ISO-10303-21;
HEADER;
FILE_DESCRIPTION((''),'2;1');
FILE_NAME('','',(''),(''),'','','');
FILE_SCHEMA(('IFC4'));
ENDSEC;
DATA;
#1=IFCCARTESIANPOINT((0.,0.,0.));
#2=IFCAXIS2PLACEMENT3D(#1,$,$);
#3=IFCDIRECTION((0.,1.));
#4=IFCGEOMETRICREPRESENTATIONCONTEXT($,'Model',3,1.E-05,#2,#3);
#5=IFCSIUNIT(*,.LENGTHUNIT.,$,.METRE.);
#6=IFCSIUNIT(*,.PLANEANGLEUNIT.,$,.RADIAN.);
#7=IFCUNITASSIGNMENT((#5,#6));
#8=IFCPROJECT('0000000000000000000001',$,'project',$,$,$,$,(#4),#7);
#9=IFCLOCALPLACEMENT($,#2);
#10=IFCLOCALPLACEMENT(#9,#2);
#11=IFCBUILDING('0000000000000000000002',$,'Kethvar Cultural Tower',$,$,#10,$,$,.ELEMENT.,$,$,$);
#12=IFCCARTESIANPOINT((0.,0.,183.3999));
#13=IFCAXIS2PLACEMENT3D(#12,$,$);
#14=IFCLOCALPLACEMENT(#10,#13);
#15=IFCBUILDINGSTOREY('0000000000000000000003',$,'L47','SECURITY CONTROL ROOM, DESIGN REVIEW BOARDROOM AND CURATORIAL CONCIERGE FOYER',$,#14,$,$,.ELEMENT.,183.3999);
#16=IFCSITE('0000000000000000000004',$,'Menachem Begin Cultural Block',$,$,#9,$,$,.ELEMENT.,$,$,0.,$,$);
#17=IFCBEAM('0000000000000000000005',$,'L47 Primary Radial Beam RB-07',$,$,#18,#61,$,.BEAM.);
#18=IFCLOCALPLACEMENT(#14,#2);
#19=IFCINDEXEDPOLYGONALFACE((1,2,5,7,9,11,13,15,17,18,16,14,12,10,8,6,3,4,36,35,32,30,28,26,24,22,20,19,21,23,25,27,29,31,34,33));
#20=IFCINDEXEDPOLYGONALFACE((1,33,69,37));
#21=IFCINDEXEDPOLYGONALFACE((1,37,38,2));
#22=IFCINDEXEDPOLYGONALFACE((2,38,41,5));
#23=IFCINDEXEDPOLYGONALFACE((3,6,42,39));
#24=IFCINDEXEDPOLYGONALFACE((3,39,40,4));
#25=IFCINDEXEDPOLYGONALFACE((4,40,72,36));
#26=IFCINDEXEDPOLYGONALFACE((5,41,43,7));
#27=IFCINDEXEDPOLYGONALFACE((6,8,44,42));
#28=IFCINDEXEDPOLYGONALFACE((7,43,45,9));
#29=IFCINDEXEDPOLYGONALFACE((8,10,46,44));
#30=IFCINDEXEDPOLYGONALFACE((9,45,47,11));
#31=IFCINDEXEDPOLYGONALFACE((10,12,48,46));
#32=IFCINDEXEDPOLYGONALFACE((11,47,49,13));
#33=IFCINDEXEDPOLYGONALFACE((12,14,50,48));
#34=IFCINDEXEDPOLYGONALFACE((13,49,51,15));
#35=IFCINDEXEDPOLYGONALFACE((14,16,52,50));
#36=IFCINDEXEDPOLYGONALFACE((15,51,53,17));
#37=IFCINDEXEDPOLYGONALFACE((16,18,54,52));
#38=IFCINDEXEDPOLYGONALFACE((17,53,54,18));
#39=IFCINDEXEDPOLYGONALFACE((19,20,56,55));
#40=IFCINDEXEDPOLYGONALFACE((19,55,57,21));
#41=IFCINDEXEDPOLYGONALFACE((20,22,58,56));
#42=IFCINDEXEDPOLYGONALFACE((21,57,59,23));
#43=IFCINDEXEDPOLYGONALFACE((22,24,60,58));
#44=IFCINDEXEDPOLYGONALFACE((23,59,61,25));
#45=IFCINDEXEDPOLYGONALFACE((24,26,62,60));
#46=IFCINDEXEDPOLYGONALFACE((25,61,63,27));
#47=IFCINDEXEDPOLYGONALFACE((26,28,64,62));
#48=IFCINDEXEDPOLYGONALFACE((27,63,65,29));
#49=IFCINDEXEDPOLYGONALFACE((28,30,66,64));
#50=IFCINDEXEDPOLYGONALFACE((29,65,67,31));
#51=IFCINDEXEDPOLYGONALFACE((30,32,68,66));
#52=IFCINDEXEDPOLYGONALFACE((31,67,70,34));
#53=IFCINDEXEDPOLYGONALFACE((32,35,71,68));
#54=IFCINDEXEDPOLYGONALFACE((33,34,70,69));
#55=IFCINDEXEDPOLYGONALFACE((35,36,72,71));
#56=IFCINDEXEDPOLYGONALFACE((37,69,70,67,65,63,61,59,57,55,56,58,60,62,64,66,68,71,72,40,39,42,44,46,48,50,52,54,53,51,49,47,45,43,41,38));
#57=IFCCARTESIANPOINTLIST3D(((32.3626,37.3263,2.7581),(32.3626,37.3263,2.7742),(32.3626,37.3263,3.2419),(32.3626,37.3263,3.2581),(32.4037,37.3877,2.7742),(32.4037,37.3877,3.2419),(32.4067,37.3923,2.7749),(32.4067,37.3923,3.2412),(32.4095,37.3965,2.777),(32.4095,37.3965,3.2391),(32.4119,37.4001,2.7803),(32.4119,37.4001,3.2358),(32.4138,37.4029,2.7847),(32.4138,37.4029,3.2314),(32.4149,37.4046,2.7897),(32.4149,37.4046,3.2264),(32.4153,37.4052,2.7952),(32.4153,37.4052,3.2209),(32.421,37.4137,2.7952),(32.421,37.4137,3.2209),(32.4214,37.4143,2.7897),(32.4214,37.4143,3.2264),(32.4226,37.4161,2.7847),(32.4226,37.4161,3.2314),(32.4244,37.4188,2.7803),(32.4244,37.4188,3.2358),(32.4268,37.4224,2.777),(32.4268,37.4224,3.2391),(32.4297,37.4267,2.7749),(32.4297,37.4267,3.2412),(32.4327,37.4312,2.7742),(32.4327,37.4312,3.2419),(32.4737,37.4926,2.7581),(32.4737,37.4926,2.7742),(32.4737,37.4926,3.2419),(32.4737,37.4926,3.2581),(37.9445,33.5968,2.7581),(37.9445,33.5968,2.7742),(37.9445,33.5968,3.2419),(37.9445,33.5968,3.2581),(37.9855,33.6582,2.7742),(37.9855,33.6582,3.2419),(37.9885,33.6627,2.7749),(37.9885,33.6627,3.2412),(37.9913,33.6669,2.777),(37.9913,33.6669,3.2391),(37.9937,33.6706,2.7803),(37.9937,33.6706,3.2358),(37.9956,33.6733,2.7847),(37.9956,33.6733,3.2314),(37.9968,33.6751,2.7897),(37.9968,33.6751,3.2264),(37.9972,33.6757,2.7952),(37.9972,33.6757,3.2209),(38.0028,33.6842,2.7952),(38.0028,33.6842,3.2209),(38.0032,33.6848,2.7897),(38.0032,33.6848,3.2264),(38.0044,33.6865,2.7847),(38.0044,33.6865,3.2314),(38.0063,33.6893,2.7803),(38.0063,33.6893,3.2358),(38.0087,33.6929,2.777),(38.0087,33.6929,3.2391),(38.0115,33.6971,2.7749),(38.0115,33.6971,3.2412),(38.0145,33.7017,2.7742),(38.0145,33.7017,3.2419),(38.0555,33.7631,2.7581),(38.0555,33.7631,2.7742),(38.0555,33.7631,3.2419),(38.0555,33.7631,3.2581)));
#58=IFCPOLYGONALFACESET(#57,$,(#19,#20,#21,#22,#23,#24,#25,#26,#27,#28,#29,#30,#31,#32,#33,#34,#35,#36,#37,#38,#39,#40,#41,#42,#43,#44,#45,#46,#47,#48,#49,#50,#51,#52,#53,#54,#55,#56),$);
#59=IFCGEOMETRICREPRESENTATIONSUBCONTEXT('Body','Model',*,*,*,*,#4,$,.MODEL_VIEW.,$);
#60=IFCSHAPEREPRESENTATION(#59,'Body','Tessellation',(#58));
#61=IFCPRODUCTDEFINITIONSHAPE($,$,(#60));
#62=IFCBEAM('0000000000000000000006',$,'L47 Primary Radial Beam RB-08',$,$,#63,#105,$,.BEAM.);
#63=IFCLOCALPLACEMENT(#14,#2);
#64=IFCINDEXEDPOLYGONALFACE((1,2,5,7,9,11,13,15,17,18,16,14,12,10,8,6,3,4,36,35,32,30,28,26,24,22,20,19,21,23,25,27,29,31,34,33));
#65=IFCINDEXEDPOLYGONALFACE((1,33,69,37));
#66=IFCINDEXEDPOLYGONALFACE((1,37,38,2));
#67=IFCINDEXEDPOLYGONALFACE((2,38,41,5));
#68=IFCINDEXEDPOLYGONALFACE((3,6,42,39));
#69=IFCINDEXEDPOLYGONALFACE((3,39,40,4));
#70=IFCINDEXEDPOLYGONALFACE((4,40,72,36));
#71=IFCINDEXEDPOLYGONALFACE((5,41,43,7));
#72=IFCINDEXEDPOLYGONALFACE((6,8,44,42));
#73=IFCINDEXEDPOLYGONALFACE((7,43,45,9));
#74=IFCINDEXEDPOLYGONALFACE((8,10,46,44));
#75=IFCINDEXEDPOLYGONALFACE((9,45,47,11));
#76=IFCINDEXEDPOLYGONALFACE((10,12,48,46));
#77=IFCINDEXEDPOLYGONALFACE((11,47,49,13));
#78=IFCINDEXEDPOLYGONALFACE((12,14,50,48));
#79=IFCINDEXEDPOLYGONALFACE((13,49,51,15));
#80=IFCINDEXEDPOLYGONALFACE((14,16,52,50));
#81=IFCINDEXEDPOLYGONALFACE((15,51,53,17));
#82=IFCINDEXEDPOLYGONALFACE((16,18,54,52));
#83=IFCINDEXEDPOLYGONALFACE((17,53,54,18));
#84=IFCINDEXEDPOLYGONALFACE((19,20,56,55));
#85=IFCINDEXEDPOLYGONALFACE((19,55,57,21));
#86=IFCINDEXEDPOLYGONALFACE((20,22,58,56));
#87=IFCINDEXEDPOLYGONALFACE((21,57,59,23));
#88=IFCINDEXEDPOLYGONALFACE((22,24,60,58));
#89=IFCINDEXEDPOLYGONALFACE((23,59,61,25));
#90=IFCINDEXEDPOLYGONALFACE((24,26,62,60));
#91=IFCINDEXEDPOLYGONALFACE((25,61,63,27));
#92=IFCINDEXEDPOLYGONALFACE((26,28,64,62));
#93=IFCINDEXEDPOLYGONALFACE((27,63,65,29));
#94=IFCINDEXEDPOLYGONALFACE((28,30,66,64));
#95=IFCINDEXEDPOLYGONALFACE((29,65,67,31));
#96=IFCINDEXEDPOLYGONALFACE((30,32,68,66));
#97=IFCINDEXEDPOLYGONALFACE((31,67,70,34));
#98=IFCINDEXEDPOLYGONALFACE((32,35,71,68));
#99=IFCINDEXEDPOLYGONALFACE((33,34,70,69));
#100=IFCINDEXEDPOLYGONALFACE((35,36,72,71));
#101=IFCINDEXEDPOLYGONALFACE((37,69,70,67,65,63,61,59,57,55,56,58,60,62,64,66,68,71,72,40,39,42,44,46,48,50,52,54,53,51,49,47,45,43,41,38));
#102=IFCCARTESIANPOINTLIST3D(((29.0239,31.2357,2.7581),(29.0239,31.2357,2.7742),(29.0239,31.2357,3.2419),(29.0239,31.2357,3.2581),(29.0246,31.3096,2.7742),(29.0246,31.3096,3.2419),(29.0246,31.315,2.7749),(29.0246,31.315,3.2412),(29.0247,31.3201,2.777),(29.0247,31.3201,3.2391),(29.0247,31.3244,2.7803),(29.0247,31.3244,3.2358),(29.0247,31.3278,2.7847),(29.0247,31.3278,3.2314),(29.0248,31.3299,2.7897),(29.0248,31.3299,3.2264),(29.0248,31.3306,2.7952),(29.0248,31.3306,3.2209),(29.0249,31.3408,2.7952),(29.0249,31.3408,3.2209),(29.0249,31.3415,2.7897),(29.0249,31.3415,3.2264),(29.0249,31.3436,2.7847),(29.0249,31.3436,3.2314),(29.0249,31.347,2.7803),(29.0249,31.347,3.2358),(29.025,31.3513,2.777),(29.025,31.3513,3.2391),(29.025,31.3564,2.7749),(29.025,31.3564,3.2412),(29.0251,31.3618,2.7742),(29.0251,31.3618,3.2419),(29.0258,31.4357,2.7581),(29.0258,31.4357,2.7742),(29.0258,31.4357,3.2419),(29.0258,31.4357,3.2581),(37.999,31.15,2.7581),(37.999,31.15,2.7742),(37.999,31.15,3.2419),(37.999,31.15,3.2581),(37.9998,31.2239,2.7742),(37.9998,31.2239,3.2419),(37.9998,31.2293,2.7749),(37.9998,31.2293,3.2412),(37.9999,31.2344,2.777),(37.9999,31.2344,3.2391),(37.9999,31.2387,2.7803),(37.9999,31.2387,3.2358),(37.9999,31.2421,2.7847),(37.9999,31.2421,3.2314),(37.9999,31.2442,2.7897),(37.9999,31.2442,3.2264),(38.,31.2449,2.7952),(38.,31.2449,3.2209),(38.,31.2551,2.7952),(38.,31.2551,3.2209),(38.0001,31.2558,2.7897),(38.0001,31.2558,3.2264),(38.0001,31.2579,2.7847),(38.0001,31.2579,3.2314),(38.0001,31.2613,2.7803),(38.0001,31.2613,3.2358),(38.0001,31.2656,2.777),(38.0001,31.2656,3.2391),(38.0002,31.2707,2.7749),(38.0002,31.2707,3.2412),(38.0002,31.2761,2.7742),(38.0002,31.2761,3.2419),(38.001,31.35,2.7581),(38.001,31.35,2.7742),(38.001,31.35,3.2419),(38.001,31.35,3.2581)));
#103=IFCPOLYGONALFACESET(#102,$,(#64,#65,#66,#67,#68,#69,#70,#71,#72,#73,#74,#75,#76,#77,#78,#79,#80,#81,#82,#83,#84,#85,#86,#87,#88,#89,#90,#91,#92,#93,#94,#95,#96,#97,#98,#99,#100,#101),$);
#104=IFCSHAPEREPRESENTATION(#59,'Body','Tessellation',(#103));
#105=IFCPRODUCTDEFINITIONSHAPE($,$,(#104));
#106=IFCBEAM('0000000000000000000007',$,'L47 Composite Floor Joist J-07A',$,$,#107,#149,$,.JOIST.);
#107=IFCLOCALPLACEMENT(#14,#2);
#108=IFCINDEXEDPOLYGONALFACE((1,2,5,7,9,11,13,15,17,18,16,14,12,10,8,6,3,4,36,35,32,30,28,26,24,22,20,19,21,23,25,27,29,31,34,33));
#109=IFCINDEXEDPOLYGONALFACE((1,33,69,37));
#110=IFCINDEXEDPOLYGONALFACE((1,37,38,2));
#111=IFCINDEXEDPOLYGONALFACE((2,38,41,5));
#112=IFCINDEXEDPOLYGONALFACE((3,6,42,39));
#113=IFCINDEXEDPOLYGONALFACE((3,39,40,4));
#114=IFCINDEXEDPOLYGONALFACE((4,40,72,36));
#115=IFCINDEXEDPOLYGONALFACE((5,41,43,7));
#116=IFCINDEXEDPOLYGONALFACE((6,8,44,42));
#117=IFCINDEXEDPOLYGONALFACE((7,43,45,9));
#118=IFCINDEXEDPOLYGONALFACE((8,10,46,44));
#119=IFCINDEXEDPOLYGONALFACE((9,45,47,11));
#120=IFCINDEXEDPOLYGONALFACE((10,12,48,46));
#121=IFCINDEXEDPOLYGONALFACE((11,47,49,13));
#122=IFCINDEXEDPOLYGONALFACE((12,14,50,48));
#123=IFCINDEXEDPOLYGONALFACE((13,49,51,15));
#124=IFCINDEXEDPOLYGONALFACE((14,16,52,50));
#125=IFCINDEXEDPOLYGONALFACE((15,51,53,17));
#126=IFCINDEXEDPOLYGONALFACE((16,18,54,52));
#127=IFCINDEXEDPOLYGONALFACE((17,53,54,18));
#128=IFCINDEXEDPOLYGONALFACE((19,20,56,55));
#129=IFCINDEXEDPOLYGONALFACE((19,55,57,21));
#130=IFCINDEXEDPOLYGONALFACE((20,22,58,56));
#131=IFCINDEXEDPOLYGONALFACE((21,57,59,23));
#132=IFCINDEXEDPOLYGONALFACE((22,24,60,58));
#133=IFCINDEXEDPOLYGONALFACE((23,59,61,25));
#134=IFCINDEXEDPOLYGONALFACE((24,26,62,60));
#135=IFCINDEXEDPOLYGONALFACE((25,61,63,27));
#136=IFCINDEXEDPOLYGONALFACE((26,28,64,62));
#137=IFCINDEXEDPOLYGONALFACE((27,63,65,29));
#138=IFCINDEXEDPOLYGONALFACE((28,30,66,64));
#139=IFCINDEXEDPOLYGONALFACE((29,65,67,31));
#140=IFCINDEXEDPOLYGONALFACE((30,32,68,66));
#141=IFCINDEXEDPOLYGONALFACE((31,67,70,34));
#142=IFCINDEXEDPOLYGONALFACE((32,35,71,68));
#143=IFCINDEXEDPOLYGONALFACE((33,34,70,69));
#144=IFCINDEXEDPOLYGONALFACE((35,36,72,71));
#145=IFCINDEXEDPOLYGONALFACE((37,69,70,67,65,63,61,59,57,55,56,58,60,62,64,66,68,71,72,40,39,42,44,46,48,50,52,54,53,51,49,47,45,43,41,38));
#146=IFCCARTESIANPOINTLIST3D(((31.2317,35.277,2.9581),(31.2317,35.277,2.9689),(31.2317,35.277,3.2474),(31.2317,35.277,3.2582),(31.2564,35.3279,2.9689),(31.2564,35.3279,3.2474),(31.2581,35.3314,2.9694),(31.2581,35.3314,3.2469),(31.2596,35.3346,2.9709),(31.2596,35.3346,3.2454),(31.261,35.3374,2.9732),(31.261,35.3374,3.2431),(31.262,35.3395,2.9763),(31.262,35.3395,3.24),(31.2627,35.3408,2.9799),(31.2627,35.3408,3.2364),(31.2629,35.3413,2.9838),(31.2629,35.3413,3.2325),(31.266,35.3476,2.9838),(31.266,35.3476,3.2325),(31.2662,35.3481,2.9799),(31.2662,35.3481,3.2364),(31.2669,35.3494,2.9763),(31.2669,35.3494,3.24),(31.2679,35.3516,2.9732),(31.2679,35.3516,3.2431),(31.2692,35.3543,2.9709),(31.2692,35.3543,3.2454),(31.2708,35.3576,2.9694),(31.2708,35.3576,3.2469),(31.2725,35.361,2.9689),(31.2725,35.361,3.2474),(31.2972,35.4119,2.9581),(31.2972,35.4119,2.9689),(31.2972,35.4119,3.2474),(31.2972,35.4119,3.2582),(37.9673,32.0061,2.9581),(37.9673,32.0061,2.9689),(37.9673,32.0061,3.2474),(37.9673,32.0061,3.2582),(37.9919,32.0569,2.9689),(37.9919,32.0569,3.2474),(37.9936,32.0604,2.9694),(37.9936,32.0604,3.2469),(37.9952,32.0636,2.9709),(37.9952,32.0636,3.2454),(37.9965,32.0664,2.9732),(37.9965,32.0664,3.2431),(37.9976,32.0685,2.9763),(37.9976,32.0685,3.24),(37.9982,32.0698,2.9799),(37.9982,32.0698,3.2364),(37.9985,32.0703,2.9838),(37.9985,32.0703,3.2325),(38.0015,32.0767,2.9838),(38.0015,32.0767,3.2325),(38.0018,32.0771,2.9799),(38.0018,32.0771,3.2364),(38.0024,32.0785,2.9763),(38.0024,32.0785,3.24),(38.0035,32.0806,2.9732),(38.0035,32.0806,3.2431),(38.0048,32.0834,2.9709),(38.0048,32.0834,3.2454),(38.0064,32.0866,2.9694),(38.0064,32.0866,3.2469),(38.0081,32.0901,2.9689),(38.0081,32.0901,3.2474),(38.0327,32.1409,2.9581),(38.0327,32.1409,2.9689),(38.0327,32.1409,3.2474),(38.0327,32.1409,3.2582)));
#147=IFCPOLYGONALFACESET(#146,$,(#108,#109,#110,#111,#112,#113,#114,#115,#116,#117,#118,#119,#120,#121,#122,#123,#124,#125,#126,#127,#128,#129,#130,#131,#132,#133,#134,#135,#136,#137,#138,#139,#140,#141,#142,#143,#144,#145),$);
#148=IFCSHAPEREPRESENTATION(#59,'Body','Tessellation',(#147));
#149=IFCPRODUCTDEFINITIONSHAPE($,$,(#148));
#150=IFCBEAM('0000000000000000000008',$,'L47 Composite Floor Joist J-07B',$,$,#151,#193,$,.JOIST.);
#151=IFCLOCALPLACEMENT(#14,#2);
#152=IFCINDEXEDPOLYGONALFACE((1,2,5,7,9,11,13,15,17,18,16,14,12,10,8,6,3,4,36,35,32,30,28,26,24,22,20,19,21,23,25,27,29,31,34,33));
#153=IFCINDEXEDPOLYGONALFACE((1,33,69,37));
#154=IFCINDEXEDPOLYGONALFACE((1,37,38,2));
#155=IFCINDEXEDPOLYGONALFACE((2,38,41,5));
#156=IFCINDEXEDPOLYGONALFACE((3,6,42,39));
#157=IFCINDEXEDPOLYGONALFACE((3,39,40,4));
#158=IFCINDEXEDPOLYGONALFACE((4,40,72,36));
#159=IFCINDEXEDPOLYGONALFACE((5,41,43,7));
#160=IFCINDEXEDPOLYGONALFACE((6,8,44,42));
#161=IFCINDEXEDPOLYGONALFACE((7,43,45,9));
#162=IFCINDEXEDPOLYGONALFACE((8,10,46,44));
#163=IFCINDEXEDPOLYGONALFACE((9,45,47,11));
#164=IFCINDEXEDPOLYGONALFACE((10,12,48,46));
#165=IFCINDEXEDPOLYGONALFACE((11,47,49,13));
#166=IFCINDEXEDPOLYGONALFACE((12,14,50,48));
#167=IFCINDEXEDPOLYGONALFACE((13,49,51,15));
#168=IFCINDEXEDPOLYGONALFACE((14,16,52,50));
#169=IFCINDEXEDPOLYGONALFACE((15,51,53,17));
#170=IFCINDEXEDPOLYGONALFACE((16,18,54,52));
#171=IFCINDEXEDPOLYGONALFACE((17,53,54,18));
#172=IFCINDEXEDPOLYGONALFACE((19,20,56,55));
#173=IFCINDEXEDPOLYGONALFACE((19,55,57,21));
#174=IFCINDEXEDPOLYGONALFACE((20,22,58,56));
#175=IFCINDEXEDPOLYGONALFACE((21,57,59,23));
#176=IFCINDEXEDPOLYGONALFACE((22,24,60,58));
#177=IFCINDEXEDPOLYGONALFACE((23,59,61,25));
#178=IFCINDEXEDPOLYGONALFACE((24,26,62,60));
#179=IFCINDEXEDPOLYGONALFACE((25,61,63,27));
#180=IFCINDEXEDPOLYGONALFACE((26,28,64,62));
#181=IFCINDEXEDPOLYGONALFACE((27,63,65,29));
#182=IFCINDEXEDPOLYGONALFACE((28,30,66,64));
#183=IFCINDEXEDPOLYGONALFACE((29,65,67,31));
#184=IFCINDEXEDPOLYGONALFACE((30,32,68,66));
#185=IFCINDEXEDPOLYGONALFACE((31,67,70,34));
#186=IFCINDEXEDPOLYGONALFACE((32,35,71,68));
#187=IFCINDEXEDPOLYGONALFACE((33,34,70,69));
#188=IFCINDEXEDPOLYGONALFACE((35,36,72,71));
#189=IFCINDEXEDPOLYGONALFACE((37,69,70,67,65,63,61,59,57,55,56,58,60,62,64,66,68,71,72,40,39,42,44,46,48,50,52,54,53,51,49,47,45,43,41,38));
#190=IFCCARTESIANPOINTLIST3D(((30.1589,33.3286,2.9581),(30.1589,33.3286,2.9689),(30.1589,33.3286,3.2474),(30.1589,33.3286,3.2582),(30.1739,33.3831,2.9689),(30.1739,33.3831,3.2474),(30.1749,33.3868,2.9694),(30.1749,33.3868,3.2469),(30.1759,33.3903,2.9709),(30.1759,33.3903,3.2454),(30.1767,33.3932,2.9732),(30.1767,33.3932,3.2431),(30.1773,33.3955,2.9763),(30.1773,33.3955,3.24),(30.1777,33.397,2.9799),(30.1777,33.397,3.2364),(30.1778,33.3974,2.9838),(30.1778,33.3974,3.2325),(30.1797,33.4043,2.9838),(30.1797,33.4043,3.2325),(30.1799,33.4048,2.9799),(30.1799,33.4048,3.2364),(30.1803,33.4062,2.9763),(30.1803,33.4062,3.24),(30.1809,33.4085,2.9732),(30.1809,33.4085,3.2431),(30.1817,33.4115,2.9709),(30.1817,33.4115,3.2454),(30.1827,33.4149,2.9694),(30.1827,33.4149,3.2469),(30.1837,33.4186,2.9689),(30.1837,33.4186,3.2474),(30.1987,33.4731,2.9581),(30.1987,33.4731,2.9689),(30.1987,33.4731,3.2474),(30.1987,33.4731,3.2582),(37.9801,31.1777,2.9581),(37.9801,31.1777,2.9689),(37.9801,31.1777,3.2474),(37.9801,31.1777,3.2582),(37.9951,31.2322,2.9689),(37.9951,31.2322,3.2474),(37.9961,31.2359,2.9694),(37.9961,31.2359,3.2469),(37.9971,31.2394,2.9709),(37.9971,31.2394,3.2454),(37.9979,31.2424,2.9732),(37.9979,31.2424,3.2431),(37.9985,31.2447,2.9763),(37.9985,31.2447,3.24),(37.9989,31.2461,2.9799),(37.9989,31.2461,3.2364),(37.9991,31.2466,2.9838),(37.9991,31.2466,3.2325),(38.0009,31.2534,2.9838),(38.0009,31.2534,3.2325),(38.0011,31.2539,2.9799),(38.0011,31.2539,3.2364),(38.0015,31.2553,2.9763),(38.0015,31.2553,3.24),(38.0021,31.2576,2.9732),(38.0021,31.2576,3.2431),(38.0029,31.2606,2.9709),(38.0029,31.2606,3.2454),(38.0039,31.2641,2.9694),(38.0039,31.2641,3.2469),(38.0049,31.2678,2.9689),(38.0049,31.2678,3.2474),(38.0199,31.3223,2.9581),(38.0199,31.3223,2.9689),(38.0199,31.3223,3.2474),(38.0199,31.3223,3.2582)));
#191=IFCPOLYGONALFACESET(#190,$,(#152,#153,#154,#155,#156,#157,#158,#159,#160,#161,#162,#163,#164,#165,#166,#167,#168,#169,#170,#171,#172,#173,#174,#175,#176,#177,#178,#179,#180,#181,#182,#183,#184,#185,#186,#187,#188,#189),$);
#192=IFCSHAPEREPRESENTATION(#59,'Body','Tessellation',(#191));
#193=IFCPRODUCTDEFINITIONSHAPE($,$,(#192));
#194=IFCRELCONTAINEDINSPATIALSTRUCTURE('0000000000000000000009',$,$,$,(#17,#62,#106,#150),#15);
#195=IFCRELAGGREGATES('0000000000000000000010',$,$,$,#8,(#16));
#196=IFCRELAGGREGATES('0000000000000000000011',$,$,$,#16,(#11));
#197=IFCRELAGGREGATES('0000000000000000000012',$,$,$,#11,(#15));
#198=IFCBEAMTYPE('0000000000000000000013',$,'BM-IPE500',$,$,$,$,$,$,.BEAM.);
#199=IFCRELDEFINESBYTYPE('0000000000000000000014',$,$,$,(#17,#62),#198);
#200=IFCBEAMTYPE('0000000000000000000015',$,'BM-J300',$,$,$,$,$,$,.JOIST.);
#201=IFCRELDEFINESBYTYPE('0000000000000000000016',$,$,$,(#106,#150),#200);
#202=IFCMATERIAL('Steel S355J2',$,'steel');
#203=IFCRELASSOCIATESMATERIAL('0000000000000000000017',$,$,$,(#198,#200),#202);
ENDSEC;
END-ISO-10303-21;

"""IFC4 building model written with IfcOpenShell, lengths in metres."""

from ifc_helpers import new_model, si_unit, direction, frame, origin, origin_2d, place, context, subcontext, project, spatial, i_section, extrude, source, transform, mapped, material, material_profile, profile_set, type_object, element, save


model = new_model("IFC4")

# Units and contexts
model_context = context("Model", 3, precision=1e-05, world=origin(), true_north=direction((0.0, 1.0)))
body_context = subcontext(model_context, "Body", "Model", "MODEL_VIEW")
ifc_project = project(units=[si_unit("LENGTHUNIT", "METRE"), si_unit("PLANEANGLEUNIT", "RADIAN")], contexts=[model_context])

# Site, building, storey
site_placement = place(None, origin())
site = spatial("IfcSite", under=ifc_project, at=site_placement, Name="Menachem Begin Cultural Block", CompositionType="ELEMENT", RefElevation=0.0)
building_placement = place(site_placement, origin())
building = spatial("IfcBuilding", under=site, at=building_placement, Name="Kethvar Cultural Tower", CompositionType="ELEMENT")
storey_placement = place(building_placement, frame((0.0, 0.0, 183.3999)))
storey = spatial("IfcBuildingStorey", under=building, at=storey_placement, Name="L47", Description="SECURITY CONTROL ROOM, DESIGN REVIEW BOARDROOM AND CURATORIAL CONCIERGE FOYER", CompositionType="ELEMENT", Elevation=183.3999)

# Beams
ifc_material_1 = material(Name="Steel S355J2", Category="steel")
ifc_material_profile_1 = material_profile(ifc_material_1, i_section(OverallWidth=0.2, OverallDepth=0.5, WebThickness=0.0103, FlangeThickness=0.0161, FilletRadius=0.021, at=origin_2d()), Name="Steel S355J2 — IPE500")
ifc_profile_set_1 = profile_set([ifc_material_profile_1], Name="Steel S355J2 — IPE500")
beam_type_1 = type_object("IfcBeamType", Name="BM-IPE500", PredefinedType="BEAM", material=ifc_profile_set_1)
shared_shape_1 = source(origin(), body_context, "Body", "SweptSolid", [
    extrude(i_section(OverallWidth=0.2, OverallDepth=0.5, WebThickness=0.0103, FlangeThickness=0.0161, FilletRadius=0.021, at=origin_2d()), origin(), (0.0, 0.0, 1.0), 6.7131),
])
beam_1_placement = place(storey_placement, frame((38.0, 33.6799, 3.0081), z_axis=(-0.831479, 0.555556, 0.0), x_axis=(-0.555556, -0.831479, 0.0)))
element("IfcBeam", 1, at=beam_1_placement, inside=storey, type_object=beam_type_1, Name="L47 Primary Radial Beam RB-07", PredefinedType="BEAM", context=body_context, shape_type="MappedRepresentation", body=[
    mapped(shared_shape_1, transform((0.0, 0.0, 0.0), scale=1.0)),
])
shared_shape_2 = source(origin(), body_context, "Body", "SweptSolid", [
    extrude(i_section(OverallWidth=0.2, OverallDepth=0.5, WebThickness=0.0103, FlangeThickness=0.0161, FilletRadius=0.021, at=origin_2d()), origin(), (0.0, 0.0, 1.0), 8.9756),
])
beam_2_placement = place(storey_placement, frame((38.0, 31.25, 3.0081), z_axis=(-0.999954, 0.009547, 0.0), x_axis=(-0.009547, -0.999954, 0.0)))
element("IfcBeam", 2, at=beam_2_placement, inside=storey, type_object=beam_type_1, Name="L47 Primary Radial Beam RB-08", PredefinedType="BEAM", context=body_context, shape_type="MappedRepresentation", body=[
    mapped(shared_shape_2, transform((0.0, 0.0, 0.0), scale=1.0)),
])
ifc_material_profile_2 = material_profile(ifc_material_1, i_section(OverallWidth=0.1499, OverallDepth=0.3, WebThickness=0.0071, FlangeThickness=0.0107, FilletRadius=0.0149, at=origin_2d()), Name="Steel S355J2 — IPE300")
ifc_profile_set_2 = profile_set([ifc_material_profile_2], Name="Steel S355J2 — IPE300")
beam_type_2 = type_object("IfcBeamType", Name="BM-J300", PredefinedType="JOIST", material=ifc_profile_set_2)
shared_shape_3 = source(origin(), body_context, "Body", "SweptSolid", [
    extrude(i_section(OverallWidth=0.1499, OverallDepth=0.3, WebThickness=0.0071, FlangeThickness=0.0107, FilletRadius=0.0149, at=origin_2d()), origin(), (0.0, 0.0, 1.0), 7.4878),
])
beam_3_placement = place(storey_placement, frame((38.0, 32.0735, 3.1082), z_axis=(-0.899539, 0.436841, 0.0), x_axis=(-0.436841, -0.899539, 0.0)))
element("IfcBeam", 3, at=beam_3_placement, inside=storey, type_object=beam_type_2, Name="L47 Composite Floor Joist J-07A", PredefinedType="JOIST", context=body_context, shape_type="MappedRepresentation", body=[
    mapped(shared_shape_3, transform((0.0, 0.0, 0.0), scale=1.0)),
])
shared_shape_4 = source(origin(), body_context, "Body", "SweptSolid", [
    extrude(i_section(OverallWidth=0.1499, OverallDepth=0.3, WebThickness=0.0071, FlangeThickness=0.0107, FilletRadius=0.0149, at=origin_2d()), origin(), (0.0, 0.0, 1.0), 8.1116),
])
beam_4_placement = place(storey_placement, frame((38.0, 31.25, 3.1082), z_axis=(-0.964205, 0.265159, 0.0), x_axis=(-0.265159, -0.964205, 0.0)))
element("IfcBeam", 4, at=beam_4_placement, inside=storey, type_object=beam_type_2, Name="L47 Composite Floor Joist J-07B", PredefinedType="JOIST", context=body_context, shape_type="MappedRepresentation", body=[
    mapped(shared_shape_4, transform((0.0, 0.0, 0.0), scale=1.0)),
])

save(model, "model.ifc")
